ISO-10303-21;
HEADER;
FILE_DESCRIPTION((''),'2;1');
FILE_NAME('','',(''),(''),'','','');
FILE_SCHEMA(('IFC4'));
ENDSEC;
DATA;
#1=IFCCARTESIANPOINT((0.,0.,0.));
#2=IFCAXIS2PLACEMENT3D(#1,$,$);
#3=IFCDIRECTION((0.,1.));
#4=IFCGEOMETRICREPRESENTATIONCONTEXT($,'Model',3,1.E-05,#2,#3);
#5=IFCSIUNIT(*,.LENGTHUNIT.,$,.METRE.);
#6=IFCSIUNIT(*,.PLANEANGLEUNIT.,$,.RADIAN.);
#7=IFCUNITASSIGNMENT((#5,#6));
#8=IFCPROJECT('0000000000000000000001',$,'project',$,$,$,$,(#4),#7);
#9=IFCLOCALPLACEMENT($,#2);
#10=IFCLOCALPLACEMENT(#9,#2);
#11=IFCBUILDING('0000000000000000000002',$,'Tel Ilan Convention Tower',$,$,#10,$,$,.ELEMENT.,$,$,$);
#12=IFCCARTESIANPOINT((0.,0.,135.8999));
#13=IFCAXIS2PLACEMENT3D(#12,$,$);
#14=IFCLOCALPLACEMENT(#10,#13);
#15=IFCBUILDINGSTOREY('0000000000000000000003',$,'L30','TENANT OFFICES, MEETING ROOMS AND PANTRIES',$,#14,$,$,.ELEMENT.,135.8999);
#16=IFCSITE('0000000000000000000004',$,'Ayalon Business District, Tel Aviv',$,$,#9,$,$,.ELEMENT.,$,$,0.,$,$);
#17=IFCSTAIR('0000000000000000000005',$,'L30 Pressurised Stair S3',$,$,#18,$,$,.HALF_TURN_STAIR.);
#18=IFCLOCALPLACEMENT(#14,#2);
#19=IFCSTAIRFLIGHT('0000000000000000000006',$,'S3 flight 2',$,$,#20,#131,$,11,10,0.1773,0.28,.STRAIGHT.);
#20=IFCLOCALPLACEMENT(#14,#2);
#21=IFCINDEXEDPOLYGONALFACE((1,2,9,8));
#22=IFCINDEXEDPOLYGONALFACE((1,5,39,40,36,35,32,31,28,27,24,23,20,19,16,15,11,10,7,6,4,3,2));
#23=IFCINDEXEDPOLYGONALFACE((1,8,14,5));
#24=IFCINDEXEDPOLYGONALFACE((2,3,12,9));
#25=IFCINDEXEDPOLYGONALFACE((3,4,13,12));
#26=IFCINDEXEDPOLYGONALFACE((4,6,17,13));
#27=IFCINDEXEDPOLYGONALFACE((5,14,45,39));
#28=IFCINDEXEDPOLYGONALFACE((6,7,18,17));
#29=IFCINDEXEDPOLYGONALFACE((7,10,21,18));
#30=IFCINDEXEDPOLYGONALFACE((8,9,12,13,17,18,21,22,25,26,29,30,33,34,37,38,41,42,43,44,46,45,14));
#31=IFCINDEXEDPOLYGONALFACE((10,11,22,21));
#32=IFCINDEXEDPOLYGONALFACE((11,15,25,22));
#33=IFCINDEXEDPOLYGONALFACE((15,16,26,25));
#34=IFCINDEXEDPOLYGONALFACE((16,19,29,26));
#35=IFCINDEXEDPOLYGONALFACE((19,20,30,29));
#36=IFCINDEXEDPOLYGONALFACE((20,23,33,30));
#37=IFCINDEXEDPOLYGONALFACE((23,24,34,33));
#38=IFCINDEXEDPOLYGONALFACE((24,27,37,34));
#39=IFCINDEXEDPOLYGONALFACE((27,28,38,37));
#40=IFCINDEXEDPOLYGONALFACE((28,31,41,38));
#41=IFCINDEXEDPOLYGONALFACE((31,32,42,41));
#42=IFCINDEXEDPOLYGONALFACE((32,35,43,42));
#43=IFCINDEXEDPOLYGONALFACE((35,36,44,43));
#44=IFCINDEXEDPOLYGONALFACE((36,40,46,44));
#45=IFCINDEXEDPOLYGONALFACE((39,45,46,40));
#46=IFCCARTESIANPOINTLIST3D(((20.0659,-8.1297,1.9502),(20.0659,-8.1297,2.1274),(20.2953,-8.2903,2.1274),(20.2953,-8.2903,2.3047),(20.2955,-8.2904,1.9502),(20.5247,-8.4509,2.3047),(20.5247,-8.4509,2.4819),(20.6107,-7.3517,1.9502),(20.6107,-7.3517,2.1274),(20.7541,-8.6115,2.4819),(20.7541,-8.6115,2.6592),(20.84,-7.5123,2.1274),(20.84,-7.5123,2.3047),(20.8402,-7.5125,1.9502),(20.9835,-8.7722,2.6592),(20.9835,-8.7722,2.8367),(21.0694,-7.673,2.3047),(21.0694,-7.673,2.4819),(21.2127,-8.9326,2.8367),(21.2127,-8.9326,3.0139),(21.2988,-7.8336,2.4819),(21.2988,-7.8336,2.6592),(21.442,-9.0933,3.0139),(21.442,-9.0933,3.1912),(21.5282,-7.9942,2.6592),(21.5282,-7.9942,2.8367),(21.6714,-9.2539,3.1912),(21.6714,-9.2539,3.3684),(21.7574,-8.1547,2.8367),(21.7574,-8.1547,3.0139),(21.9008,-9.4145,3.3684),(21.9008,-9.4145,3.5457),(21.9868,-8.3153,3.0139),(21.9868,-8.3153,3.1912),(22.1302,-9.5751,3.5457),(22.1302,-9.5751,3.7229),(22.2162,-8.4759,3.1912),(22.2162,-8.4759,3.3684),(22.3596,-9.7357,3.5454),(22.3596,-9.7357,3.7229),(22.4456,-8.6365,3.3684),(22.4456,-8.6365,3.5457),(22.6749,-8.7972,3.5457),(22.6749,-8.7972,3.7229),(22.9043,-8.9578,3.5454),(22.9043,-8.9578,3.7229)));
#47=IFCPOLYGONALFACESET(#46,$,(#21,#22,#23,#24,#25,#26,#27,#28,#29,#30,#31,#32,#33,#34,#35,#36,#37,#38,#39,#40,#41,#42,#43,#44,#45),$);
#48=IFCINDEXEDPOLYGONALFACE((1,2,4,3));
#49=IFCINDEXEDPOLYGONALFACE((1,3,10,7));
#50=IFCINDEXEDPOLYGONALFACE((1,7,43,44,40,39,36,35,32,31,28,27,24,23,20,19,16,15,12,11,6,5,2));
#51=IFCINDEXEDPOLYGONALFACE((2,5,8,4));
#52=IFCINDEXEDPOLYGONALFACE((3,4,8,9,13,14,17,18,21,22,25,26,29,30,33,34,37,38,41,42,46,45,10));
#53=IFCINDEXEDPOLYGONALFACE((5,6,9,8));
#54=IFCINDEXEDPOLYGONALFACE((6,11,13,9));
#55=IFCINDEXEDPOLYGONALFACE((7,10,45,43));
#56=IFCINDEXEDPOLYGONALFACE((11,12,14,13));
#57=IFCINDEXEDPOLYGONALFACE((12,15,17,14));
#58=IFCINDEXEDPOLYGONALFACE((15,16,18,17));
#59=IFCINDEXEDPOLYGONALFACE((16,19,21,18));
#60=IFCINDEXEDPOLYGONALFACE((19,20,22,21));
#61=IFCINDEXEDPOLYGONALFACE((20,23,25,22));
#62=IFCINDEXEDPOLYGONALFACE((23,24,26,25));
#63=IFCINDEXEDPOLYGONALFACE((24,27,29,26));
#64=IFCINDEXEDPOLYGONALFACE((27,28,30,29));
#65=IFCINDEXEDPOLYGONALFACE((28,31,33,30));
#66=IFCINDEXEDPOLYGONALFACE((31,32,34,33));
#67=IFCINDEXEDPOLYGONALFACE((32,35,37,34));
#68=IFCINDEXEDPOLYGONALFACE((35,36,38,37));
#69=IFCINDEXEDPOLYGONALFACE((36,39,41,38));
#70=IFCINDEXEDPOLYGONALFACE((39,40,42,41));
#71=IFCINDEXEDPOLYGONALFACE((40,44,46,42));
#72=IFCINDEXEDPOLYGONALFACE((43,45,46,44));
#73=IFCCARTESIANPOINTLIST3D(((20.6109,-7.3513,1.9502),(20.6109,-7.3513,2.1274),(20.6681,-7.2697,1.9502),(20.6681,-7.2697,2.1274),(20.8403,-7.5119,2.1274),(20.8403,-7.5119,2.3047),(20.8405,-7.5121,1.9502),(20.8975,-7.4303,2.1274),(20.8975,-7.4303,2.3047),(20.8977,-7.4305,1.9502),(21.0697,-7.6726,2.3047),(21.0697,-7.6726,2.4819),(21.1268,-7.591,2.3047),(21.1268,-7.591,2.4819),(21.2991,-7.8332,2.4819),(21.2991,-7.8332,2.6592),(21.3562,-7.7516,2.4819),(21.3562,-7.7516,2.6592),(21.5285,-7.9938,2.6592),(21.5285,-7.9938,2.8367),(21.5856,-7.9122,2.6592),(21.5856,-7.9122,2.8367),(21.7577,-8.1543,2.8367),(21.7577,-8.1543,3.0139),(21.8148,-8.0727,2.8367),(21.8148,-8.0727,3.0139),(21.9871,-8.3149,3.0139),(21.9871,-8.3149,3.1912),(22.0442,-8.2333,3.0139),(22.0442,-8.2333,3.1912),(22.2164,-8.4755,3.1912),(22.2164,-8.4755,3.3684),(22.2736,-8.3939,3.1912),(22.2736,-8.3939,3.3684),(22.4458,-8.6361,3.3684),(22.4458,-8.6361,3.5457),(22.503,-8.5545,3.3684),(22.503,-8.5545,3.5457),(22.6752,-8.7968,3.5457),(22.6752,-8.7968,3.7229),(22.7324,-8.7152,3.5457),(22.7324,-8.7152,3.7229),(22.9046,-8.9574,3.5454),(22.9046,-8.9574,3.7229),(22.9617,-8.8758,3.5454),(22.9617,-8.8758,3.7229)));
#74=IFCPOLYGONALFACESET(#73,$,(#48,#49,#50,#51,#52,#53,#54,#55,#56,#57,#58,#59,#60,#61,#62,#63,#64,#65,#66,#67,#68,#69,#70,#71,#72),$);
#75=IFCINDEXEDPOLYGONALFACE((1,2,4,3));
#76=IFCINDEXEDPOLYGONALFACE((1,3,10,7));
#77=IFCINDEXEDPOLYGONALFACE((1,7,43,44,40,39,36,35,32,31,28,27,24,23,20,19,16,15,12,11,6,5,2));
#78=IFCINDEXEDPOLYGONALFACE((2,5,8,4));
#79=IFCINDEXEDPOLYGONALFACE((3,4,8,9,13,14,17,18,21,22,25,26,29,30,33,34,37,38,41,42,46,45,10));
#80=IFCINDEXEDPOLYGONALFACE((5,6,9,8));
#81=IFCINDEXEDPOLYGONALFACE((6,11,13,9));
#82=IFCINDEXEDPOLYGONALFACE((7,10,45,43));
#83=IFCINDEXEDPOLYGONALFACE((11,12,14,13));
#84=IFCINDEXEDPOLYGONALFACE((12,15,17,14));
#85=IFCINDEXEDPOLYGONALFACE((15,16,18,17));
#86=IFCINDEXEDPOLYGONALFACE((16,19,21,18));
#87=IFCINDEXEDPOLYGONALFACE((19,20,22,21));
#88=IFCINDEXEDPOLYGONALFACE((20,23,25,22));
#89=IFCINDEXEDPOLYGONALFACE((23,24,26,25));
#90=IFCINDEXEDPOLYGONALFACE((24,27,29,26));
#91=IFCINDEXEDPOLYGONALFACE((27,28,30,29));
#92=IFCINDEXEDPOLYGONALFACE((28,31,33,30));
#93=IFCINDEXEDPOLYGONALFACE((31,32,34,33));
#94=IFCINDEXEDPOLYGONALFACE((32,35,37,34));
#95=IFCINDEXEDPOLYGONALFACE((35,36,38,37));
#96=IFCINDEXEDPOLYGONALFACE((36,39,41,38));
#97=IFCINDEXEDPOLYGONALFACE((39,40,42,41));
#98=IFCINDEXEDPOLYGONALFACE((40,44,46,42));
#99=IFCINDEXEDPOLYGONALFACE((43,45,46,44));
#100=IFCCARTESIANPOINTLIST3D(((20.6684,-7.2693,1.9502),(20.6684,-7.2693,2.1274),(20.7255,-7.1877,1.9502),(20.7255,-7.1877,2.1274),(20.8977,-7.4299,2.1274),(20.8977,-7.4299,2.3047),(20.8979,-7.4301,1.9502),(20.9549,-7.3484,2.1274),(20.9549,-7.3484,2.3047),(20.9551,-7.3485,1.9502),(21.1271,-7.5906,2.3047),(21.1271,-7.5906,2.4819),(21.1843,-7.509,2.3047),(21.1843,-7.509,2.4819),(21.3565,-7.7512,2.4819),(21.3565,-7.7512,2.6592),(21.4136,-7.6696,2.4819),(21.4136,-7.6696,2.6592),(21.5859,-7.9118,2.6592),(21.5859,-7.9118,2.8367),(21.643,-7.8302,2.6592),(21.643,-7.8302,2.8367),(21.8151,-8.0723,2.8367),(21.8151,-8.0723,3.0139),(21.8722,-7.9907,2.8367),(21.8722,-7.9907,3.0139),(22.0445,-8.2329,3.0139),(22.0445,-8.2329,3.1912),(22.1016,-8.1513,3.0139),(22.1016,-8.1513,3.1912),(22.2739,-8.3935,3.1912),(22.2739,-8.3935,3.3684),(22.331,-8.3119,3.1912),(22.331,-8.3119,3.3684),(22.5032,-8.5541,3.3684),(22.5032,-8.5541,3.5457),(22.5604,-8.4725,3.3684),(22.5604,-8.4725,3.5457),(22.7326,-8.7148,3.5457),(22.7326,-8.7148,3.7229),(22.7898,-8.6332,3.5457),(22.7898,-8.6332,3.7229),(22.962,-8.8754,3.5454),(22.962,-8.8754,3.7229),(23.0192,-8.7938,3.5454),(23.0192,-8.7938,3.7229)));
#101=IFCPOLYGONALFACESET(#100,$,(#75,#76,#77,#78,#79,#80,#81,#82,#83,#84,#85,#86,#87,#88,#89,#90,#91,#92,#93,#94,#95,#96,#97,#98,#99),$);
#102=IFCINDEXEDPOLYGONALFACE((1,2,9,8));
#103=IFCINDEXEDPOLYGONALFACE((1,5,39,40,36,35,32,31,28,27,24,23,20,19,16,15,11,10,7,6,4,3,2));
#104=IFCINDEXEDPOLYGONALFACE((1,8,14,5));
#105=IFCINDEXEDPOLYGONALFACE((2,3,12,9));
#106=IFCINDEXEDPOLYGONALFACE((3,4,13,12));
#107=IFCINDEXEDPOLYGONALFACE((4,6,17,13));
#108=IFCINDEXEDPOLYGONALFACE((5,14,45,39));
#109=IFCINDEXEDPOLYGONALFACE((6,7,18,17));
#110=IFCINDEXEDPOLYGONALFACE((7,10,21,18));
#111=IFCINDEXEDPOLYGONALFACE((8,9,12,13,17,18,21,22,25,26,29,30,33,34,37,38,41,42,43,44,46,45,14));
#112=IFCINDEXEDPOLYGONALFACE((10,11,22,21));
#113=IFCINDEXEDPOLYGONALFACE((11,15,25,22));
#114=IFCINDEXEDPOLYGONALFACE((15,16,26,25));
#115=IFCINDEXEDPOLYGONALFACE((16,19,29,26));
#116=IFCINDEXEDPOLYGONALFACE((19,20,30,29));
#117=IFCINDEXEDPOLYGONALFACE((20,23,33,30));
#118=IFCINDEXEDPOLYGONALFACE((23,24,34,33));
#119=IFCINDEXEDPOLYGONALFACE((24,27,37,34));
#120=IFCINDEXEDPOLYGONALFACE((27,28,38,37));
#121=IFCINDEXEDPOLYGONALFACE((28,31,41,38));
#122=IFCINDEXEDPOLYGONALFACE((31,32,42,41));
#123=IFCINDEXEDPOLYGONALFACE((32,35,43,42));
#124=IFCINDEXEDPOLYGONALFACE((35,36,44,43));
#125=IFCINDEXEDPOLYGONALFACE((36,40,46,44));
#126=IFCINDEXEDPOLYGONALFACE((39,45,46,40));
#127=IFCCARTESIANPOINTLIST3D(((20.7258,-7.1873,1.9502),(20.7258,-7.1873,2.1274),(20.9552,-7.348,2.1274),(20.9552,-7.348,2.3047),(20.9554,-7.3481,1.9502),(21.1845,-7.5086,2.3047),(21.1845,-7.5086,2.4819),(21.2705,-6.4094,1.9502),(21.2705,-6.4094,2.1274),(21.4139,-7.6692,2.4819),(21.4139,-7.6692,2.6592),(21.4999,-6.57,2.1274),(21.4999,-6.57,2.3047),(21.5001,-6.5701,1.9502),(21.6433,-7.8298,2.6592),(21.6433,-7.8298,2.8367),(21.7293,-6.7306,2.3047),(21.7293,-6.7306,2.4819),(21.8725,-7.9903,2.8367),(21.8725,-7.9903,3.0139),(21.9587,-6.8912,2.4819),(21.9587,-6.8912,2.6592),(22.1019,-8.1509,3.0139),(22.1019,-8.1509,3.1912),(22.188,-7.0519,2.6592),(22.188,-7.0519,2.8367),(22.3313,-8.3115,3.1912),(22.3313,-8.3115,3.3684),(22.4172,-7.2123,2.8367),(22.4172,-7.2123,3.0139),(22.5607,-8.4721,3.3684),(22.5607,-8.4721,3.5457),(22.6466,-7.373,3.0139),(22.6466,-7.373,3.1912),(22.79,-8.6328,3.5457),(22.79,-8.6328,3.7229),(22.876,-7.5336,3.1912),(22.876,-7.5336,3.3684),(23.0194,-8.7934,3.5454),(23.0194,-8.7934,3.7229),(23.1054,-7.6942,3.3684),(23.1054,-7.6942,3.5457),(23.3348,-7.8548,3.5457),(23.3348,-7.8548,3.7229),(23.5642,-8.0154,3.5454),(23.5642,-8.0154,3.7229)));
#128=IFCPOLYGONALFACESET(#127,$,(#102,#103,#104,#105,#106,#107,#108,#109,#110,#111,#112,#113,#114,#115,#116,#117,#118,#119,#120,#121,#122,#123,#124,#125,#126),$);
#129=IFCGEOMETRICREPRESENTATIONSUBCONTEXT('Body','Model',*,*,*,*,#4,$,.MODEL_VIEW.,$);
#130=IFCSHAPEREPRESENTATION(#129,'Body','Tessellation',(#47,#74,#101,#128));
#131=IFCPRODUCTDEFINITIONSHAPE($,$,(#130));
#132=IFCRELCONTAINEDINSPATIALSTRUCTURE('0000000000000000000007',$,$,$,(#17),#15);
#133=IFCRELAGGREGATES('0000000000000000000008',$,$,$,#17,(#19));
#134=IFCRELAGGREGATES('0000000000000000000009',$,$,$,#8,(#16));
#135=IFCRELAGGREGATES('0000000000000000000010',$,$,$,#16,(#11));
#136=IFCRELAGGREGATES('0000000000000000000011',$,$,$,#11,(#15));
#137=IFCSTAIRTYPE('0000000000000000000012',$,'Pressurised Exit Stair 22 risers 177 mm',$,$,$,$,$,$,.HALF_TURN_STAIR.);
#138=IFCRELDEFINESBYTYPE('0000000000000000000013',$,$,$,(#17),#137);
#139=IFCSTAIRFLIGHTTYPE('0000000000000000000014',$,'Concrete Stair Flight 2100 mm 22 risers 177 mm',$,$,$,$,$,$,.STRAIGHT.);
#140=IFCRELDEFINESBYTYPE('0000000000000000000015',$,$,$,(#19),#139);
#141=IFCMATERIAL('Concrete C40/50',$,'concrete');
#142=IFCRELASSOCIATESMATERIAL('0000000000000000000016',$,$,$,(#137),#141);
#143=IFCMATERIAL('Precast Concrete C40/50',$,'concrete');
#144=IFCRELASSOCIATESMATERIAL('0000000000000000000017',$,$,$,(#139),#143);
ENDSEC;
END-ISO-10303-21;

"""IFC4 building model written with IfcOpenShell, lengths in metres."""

from ifc_helpers import new_model, si_unit, direction, frame, origin, place, context, subcontext, project, spatial, polyline, outline, extrude, material, type_object, element, aggregate, save


model = new_model("IFC4")

# Units and contexts
model_context = context("Model", 3, precision=1e-05, world=origin(), true_north=direction((0.0, 1.0)))
body_context = subcontext(model_context, "Body", "Model", "MODEL_VIEW")
ifc_project = project(units=[si_unit("LENGTHUNIT", "METRE"), si_unit("PLANEANGLEUNIT", "RADIAN")], contexts=[model_context])

# Site, building, storey
site_placement = place(None, origin())
site = spatial("IfcSite", under=ifc_project, at=site_placement, Name="Ayalon Business District, Tel Aviv", CompositionType="ELEMENT", RefElevation=0.0)
building_placement = place(site_placement, origin())
building = spatial("IfcBuilding", under=site, at=building_placement, Name="Tel Ilan Convention Tower", CompositionType="ELEMENT")
storey_placement = place(building_placement, frame((0.0, 0.0, 135.8999)))
storey = spatial("IfcBuildingStorey", under=building, at=storey_placement, Name="L30", Description="TENANT OFFICES, MEETING ROOMS AND PANTRIES", CompositionType="ELEMENT", Elevation=135.8999)

# Stair, stair flight
ifc_material_1 = material(Name="Concrete C40/50", Category="concrete")
stair_type = type_object("IfcStairType", Name="Pressurised Exit Stair 22 risers 177 mm", PredefinedType="HALF_TURN_STAIR", material=ifc_material_1)
stair_1_placement = place(storey_placement, origin())
stair_1 = element("IfcStair", 1, at=stair_1_placement, inside=storey, type_object=stair_type, Name="L30 Pressurised Stair S3", PredefinedType="HALF_TURN_STAIR")
ifc_material_2 = material(Name="Precast Concrete C40/50", Category="concrete")
stair_flight_type = type_object("IfcStairFlightType", Name="Concrete Stair Flight 2100 mm 22 risers 177 mm", PredefinedType="STRAIGHT", material=ifc_material_2)
stair_flight_1_placement = place(storey_placement, frame((20.6682, -7.2695, 1.9502), z_axis=(0.0, 0.0, 1.0), x_axis=(0.819152, -0.573576, 0.0)))
stair_flight_1 = element("IfcStairFlight", 2, at=stair_flight_1_placement, type_object=stair_flight_type, Name="S3 flight 2", NumberOfRisers=11, NumberOfTreads=10, PredefinedType="STRAIGHT", RiserHeight=0.1773, TreadLength=0.28, context=body_context, shape_type="SweptSolid", body=[
    extrude(outline(polyline([(0.0, 0.0), (0.0, 0.1772), (0.28, 0.1772), (0.28, 0.3545), (0.5601, 0.3545), (0.5601, 0.5317), (0.8401, 0.5317), (0.8401, 0.709), (1.1201, 0.709), (1.1201, 0.8865), (1.3999, 0.8865), (1.3999, 1.0637), (1.6799, 1.0637), (1.6799, 1.241), (1.96, 1.241), (1.96, 1.4182), (2.24, 1.4182), (2.24, 1.5955), (2.52, 1.5955), (2.52, 1.7727), (2.8, 1.7727), (2.8, 1.95), (2.8, 1.5952), (0.2803, 0.0), (0.0, 0.0)])), frame((0.0, -0.1003, 0.0), z_axis=(0.0, -1.0, 0.0), x_axis=(1.0, 0.0, 0.0)), (0.0, 0.0, 1.0), 0.9497),
    extrude(outline(polyline([(0.0, 0.0), (0.0, 0.1772), (0.28, 0.1772), (0.28, 0.3545), (0.5601, 0.3545), (0.5601, 0.5317), (0.8401, 0.5317), (0.8401, 0.709), (1.1201, 0.709), (1.1201, 0.8865), (1.3999, 0.8865), (1.3999, 1.0637), (1.6799, 1.0637), (1.6799, 1.241), (1.96, 1.241), (1.96, 1.4182), (2.24, 1.4182), (2.24, 1.5955), (2.52, 1.5955), (2.52, 1.7727), (2.8, 1.7727), (2.8, 1.95), (2.8, 1.5952), (0.2803, 0.0), (0.0, 0.0)])), frame((0.0, -0.0002, 0.0), z_axis=(0.0, -1.0, 0.0), x_axis=(1.0, 0.0, 0.0)), (0.0, 0.0, 1.0), 0.0996),
    extrude(outline(polyline([(0.0, 0.0), (0.0, 0.1772), (0.28, 0.1772), (0.28, 0.3545), (0.5601, 0.3545), (0.5601, 0.5317), (0.8401, 0.5317), (0.8401, 0.709), (1.1201, 0.709), (1.1201, 0.8865), (1.3999, 0.8865), (1.3999, 1.0637), (1.6799, 1.0637), (1.6799, 1.241), (1.96, 1.241), (1.96, 1.4182), (2.24, 1.4182), (2.24, 1.5955), (2.52, 1.5955), (2.52, 1.7727), (2.8, 1.7727), (2.8, 1.95), (2.8, 1.5952), (0.2803, 0.0), (0.0, 0.0)])), frame((0.0, 0.0999, 0.0), z_axis=(0.0, -1.0, 0.0), x_axis=(1.0, 0.0, 0.0)), (0.0, 0.0, 1.0), 0.0996),
    extrude(outline(polyline([(0.0, 0.0), (0.0, 0.1772), (0.28, 0.1772), (0.28, 0.3545), (0.5601, 0.3545), (0.5601, 0.5317), (0.8401, 0.5317), (0.8401, 0.709), (1.1201, 0.709), (1.1201, 0.8865), (1.3999, 0.8865), (1.3999, 1.0637), (1.6799, 1.0637), (1.6799, 1.241), (1.96, 1.241), (1.96, 1.4182), (2.24, 1.4182), (2.24, 1.5955), (2.52, 1.5955), (2.52, 1.7727), (2.8, 1.7727), (2.8, 1.95), (2.8, 1.5952), (0.2803, 0.0), (0.0, 0.0)])), frame((0.0, 1.05, 0.0), z_axis=(0.0, -1.0, 0.0), x_axis=(1.0, 0.0, 0.0)), (0.0, 0.0, 1.0), 0.9497),
])
aggregate(stair_1, [stair_flight_1])

save(model, "model.ifc")
